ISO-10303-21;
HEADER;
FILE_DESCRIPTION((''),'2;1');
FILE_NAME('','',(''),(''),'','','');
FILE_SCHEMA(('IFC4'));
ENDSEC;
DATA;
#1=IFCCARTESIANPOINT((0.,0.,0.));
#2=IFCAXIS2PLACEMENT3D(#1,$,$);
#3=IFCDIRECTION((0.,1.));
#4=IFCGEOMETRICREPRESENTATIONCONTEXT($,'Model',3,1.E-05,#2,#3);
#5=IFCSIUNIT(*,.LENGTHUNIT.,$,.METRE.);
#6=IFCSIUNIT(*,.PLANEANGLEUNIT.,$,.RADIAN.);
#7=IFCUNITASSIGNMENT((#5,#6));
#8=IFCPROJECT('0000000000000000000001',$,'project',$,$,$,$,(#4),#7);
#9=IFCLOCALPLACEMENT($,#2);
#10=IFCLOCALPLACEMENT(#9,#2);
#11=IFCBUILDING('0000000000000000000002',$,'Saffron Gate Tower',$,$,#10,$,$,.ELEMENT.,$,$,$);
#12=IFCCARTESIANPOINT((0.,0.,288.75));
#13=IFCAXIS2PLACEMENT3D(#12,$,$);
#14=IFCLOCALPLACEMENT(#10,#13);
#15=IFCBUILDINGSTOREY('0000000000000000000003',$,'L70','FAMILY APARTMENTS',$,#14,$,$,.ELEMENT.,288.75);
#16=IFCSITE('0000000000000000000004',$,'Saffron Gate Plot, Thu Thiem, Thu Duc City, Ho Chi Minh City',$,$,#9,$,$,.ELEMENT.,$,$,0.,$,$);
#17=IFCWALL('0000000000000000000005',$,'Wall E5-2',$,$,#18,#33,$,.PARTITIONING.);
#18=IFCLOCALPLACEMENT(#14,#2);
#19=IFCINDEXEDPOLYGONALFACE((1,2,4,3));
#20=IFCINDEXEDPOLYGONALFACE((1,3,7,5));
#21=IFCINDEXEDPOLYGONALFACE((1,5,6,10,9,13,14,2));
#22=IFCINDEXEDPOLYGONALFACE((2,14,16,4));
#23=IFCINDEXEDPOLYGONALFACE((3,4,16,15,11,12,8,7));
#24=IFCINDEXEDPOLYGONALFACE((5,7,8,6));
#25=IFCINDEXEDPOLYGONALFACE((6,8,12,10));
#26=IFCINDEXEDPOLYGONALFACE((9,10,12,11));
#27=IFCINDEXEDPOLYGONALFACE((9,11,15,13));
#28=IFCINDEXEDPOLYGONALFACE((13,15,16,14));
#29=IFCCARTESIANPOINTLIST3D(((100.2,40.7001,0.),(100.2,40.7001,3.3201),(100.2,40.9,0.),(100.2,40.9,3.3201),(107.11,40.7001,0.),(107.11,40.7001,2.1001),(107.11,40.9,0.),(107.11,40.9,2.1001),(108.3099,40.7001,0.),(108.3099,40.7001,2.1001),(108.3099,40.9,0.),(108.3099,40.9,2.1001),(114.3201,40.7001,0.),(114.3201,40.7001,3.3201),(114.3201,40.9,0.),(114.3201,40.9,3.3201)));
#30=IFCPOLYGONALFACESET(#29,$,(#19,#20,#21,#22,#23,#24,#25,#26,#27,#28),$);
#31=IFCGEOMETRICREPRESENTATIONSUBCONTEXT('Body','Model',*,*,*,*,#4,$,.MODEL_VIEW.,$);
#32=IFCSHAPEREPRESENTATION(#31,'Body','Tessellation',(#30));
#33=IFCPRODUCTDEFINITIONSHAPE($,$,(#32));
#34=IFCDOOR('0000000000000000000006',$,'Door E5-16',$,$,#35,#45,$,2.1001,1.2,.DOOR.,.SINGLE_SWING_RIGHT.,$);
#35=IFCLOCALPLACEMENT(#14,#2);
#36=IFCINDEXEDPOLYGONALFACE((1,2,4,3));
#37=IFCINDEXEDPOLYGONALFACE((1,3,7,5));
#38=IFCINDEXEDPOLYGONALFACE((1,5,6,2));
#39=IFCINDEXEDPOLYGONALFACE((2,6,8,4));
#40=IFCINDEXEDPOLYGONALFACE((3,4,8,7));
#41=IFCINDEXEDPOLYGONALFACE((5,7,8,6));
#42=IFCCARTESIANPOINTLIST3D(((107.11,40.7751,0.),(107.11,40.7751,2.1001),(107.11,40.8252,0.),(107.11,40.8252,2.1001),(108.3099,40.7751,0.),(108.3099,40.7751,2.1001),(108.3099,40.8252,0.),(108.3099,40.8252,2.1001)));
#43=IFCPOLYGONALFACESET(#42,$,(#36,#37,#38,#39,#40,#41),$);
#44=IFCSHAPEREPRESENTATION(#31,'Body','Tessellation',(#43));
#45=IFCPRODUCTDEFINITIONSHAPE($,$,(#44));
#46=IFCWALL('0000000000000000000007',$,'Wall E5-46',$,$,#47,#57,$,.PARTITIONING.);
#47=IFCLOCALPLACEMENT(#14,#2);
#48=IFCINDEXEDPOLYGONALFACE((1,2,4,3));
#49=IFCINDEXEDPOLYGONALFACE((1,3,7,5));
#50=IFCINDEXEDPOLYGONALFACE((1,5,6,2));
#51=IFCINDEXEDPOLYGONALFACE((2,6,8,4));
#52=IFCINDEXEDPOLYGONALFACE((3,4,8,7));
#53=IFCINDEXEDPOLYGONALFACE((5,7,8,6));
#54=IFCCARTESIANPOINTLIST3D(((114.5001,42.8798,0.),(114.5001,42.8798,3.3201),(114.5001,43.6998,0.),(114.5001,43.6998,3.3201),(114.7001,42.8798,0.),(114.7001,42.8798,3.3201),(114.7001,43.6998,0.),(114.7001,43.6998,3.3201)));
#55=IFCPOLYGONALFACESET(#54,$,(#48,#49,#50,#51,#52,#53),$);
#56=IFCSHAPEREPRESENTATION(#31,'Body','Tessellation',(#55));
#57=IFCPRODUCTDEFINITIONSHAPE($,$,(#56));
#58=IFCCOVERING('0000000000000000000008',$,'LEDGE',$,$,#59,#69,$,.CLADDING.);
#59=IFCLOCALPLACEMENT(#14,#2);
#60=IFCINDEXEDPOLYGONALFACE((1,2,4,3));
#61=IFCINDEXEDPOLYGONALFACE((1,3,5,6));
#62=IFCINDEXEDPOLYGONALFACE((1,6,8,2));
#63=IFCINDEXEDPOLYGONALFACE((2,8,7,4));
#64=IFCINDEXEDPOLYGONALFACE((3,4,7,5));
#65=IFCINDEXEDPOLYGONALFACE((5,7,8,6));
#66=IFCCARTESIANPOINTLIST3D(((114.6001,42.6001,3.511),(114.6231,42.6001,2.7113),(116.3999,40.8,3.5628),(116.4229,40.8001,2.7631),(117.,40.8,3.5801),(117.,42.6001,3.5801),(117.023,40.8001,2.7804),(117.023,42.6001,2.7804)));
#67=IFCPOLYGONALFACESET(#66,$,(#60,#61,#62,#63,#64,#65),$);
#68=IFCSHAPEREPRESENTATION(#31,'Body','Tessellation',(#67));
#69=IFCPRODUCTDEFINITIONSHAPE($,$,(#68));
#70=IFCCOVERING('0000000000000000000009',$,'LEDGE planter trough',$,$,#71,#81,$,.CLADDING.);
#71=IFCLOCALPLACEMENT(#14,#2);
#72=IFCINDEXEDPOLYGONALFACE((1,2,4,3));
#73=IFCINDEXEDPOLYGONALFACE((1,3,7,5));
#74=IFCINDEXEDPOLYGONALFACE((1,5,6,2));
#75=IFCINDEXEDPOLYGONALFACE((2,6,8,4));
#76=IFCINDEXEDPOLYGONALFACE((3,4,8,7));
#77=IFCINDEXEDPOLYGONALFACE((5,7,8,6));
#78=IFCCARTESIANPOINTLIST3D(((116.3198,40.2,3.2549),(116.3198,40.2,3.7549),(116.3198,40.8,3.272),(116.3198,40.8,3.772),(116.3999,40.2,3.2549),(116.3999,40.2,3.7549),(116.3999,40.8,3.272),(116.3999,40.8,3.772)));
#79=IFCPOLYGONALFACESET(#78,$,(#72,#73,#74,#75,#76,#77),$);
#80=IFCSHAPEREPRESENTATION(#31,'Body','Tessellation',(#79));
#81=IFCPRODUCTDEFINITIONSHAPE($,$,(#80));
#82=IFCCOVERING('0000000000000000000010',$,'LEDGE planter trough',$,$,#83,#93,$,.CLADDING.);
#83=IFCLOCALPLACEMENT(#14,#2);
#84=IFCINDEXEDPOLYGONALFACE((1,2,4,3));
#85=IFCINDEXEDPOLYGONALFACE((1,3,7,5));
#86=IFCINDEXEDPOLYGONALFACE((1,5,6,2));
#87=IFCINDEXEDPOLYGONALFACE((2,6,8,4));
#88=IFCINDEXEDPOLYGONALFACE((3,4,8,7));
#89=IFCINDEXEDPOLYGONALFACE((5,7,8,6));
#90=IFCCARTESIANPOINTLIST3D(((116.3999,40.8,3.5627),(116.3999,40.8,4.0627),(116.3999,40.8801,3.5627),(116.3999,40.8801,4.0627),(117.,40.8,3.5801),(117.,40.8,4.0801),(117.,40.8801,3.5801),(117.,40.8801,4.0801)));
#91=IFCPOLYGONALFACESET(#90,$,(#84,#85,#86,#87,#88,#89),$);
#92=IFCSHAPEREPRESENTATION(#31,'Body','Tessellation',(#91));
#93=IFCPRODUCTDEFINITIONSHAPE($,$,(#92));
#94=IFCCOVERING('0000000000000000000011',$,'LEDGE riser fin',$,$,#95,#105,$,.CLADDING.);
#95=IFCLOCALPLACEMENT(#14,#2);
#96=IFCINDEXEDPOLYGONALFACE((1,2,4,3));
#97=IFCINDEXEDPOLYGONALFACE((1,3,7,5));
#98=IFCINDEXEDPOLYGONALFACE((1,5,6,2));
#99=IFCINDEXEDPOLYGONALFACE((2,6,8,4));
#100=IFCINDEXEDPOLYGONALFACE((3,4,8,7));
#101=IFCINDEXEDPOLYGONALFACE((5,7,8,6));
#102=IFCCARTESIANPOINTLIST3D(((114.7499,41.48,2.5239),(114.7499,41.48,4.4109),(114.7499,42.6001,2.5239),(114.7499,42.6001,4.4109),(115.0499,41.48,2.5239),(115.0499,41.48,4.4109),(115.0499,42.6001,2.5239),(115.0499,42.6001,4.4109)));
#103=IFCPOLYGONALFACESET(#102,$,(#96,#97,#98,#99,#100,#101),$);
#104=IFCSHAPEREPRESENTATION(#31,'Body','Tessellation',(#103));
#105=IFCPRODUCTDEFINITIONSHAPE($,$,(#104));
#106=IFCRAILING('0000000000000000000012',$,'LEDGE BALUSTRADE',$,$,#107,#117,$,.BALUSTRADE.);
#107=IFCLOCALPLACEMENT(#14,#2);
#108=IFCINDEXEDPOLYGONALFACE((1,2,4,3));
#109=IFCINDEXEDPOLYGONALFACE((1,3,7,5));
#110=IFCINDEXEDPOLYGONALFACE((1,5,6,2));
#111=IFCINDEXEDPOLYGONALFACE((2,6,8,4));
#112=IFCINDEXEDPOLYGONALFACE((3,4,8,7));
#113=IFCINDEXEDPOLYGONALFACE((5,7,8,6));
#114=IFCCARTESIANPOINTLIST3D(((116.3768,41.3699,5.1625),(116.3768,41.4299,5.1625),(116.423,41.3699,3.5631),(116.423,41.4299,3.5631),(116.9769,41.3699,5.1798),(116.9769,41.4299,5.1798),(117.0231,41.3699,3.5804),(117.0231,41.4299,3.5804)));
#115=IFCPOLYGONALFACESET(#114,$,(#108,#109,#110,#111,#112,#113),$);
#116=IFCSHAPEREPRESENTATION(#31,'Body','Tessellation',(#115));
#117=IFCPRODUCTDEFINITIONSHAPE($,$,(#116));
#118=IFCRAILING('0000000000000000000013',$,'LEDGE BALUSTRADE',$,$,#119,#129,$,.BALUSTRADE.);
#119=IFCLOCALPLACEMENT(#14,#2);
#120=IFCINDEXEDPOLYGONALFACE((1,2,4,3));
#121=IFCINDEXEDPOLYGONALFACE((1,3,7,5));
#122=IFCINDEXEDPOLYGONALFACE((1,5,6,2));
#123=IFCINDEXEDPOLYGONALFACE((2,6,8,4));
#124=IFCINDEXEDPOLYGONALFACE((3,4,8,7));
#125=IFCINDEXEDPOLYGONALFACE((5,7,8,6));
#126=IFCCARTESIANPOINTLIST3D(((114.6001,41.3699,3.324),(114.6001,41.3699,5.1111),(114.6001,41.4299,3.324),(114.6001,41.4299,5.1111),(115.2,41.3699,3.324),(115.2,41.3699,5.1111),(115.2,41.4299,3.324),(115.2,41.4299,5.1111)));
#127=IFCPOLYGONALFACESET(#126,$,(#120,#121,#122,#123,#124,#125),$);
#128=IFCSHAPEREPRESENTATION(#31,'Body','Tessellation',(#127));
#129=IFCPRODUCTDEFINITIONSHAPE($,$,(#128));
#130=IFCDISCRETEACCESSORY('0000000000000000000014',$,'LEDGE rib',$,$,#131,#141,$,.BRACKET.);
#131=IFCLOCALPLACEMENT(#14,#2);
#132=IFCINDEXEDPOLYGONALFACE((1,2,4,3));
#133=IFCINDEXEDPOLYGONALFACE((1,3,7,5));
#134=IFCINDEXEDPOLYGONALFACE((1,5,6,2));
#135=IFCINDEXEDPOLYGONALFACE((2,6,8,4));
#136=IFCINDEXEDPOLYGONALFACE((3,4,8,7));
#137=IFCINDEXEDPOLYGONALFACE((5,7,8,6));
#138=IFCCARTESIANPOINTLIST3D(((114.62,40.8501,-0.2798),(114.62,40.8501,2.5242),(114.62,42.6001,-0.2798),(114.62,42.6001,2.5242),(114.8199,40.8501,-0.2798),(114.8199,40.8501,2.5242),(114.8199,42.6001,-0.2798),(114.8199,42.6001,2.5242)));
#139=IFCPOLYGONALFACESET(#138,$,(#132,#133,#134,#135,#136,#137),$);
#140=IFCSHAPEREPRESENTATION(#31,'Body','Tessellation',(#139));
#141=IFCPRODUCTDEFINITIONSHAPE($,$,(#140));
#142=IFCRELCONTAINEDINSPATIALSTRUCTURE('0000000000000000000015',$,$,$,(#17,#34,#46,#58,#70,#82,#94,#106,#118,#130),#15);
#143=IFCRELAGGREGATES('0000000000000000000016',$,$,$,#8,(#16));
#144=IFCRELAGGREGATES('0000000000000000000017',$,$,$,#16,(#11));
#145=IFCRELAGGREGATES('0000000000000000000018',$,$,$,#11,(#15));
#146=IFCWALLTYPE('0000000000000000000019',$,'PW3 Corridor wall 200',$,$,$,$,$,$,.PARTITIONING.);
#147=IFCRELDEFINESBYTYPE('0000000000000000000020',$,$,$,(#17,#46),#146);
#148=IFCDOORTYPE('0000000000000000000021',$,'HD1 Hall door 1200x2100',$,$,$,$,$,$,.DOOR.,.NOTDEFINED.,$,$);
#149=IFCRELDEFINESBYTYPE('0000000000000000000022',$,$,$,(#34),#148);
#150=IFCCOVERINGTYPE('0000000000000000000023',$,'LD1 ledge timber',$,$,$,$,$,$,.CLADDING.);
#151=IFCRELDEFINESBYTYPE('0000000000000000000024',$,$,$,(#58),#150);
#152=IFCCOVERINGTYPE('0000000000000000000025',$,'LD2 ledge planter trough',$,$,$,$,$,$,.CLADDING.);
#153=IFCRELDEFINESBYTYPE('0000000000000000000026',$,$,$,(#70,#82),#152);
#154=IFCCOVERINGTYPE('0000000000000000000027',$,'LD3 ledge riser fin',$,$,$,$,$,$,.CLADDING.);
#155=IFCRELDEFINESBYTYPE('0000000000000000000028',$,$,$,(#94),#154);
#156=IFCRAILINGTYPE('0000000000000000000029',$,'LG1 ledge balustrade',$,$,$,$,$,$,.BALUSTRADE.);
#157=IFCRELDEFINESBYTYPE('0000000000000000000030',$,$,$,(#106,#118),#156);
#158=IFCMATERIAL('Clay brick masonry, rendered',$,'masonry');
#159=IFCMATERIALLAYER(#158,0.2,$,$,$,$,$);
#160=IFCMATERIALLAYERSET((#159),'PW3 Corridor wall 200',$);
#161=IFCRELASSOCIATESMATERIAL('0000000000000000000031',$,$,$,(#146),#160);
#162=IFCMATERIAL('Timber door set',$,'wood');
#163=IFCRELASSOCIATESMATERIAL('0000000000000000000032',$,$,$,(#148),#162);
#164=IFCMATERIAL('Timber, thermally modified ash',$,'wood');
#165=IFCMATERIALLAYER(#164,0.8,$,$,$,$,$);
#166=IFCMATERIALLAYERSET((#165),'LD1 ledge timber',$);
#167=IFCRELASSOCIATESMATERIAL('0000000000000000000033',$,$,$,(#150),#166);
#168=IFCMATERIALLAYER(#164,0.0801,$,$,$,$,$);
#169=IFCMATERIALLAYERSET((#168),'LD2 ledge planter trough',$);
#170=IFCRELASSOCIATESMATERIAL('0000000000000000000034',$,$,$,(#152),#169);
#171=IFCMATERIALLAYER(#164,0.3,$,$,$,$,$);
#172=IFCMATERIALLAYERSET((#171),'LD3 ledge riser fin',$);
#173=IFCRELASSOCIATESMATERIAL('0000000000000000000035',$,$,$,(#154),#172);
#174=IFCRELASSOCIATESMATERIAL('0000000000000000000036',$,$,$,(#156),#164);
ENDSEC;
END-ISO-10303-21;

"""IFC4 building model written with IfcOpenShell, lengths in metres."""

from ifc_helpers import new_model, si_unit, direction, frame, frame_2d, origin, origin_2d, place, context, subcontext, project, spatial, polyline, rectangle, outline, extrude, material, layer, layer_set, type_object, element, fill, save


model = new_model("IFC4")

# Units and contexts
model_context = context("Model", 3, precision=1e-05, world=origin(), true_north=direction((0.0, 1.0)))
body_context = subcontext(model_context, "Body", "Model", "MODEL_VIEW")
ifc_project = project(units=[si_unit("LENGTHUNIT", "METRE"), si_unit("PLANEANGLEUNIT", "RADIAN")], contexts=[model_context])

# Site, building, storey
site_placement = place(None, origin())
site = spatial("IfcSite", under=ifc_project, at=site_placement, Name="Saffron Gate Plot, Thu Thiem, Thu Duc City, Ho Chi Minh City", CompositionType="ELEMENT", RefElevation=0.0)
building_placement = place(site_placement, origin())
building = spatial("IfcBuilding", under=site, at=building_placement, Name="Saffron Gate Tower", CompositionType="ELEMENT")
storey_placement = place(building_placement, frame((0.0, 0.0, 288.75)))
storey = spatial("IfcBuildingStorey", under=building, at=storey_placement, Name="L70", Description="FAMILY APARTMENTS", CompositionType="ELEMENT", Elevation=288.75)

# Wall, opening, door
ifc_material_1 = material(Name="Clay brick masonry, rendered", Category="masonry")
ifc_layer_1 = layer(ifc_material_1, 0.2)
ifc_layer_set_1 = layer_set([ifc_layer_1], Name="PW3 Corridor wall 200")
wall_type_1 = type_object("IfcWallType", Name="PW3 Corridor wall 200", PredefinedType="PARTITIONING", material=ifc_layer_set_1)
wall_1_placement = place(storey_placement, frame((114.3201, 40.8, 0.0), z_axis=(0.0, 0.0, 1.0), x_axis=(-1.0, 0.0, 0.0)))
wall_1 = element("IfcWall", 1, at=wall_1_placement, inside=storey, type_object=wall_type_1, Name="Wall E5-2", PredefinedType="PARTITIONING", context=body_context, shape_type="SweptSolid", body=[
    extrude(rectangle(XDim=14.1201, YDim=0.2, at=frame_2d((7.0601, 0.0))), origin(), (0.0, 0.0, 1.0), 3.3201),
])
opening_1_placement = place(wall_1_placement, frame((6.01, 0.0, 0.0)))
opening_1 = element("IfcOpeningElement", 2, at=opening_1_placement, cuts=wall_1, PredefinedType="OPENING", context=body_context, shape_type="SweptSolid", body=[
    extrude(rectangle(XDim=1.2, YDim=2.1001, at=frame_2d((0.6001, 1.05))), frame((0.0, 0.1099, 0.0), z_axis=(0.0, -1.0, 0.0), x_axis=(1.0, 0.0, 0.0)), (0.0, 0.0, 1.0), 0.22),
])
ifc_material_2 = material(Name="Timber door set", Category="wood")
door_type = type_object("IfcDoorType", Name="HD1 Hall door 1200x2100", OperationType="NOTDEFINED", PredefinedType="DOOR", material=ifc_material_2)
door_placement = place(opening_1_placement, origin())
door = element("IfcDoor", 3, at=door_placement, inside=storey, type_object=door_type, Name="Door E5-16", OperationType="SINGLE_SWING_RIGHT", OverallHeight=2.1001, OverallWidth=1.2, PredefinedType="DOOR", context=body_context, shape_type="SweptSolid", body=[
    extrude(rectangle(XDim=1.2, YDim=2.1001, at=frame_2d((0.6001, 1.05))), frame((0.0, 0.0249, 0.0), z_axis=(0.0, -1.0, 0.0), x_axis=(1.0, 0.0, 0.0)), (0.0, 0.0, 1.0), 0.05),
])
fill(opening_1, door)

# Wall
wall_2_placement = place(storey_placement, frame((114.6001, 43.7, 0.0), z_axis=(0.0, 0.0, 1.0), x_axis=(0.0, -1.0, 0.0)))
element("IfcWall", 4, at=wall_2_placement, inside=storey, type_object=wall_type_1, Name="Wall E5-46", PredefinedType="PARTITIONING", context=body_context, shape_type="SweptSolid", body=[
    extrude(rectangle(XDim=0.8201, YDim=0.2, at=frame_2d((0.4102, 0.0))), origin(), (0.0, 0.0, 1.0), 3.3201),
])

# Coverings
ifc_material_3 = material(Name="Timber, thermally modified ash", Category="wood")
ifc_layer_2 = layer(ifc_material_3, 0.8)
ifc_layer_set_2 = layer_set([ifc_layer_2], Name="LD1 ledge timber")
covering_type_1 = type_object("IfcCoveringType", Name="LD1 ledge timber", PredefinedType="CLADDING", material=ifc_layer_set_2)
covering_1_placement = place(storey_placement, frame((114.6001, 42.6001, 3.511), z_axis=(-0.028797, -0.000026, 0.999585), x_axis=(0.999585, 0.0, 0.028797)))
element("IfcCovering", 5, at=covering_1_placement, inside=storey, type_object=covering_type_1, Name="LEDGE", PredefinedType="CLADDING", context=body_context, shape_type="SweptSolid", body=[
    extrude(outline(polyline([(0.0, 0.0), (2.4009, 0.0), (2.4009, -1.8), (1.8005, -1.8), (0.0, 0.0)])), origin(), (0.0, 0.0, -1.0), 0.8),
])
ifc_layer_3 = layer(ifc_material_3, 0.0801)
ifc_layer_set_3 = layer_set([ifc_layer_3], Name="LD2 ledge planter trough")
covering_type_2 = type_object("IfcCoveringType", Name="LD2 ledge planter trough", PredefinedType="CLADDING", material=ifc_layer_set_3)
covering_2_placement = place(storey_placement, frame((116.3999, 40.2, 3.2549), z_axis=(1.0, 0.0, 0.0), x_axis=(0.0, 0.999595, 0.028467)))
element("IfcCovering", 6, at=covering_2_placement, inside=storey, type_object=covering_type_2, Name="LEDGE planter trough", PredefinedType="CLADDING", context=body_context, shape_type="SweptSolid", body=[
    extrude(outline(polyline([(0.0, 0.0), (0.6003, 0.0), (0.6146, 0.4998), (0.0142, 0.4998), (0.0, 0.0)])), origin(), (0.0, 0.0, -1.0), 0.0801),
])
covering_3_placement = place(storey_placement, frame((116.3999, 40.8, 3.5627), z_axis=(0.0, -1.0, 0.0), x_axis=(0.999583, 0.0, 0.028873)))
element("IfcCovering", 7, at=covering_3_placement, inside=storey, type_object=covering_type_2, Name="LEDGE planter trough", PredefinedType="CLADDING", context=body_context, shape_type="SweptSolid", body=[
    extrude(outline(polyline([(0.0, 0.0), (0.6003, 0.0), (0.6148, 0.4998), (0.0144, 0.4998), (0.0, 0.0)])), origin(), (0.0, 0.0, -1.0), 0.0801),
])
ifc_layer_4 = layer(ifc_material_3, 0.3)
ifc_layer_set_4 = layer_set([ifc_layer_4], Name="LD3 ledge riser fin")
covering_type_3 = type_object("IfcCoveringType", Name="LD3 ledge riser fin", PredefinedType="CLADDING", material=ifc_layer_set_4)
covering_4_placement = place(storey_placement, frame((114.8999, 42.04, 2.5239), z_axis=(0.0, 0.0, 1.0), x_axis=(1.0, 0.0, 0.0)))
element("IfcCovering", 8, at=covering_4_placement, inside=storey, type_object=covering_type_3, Name="LEDGE riser fin", PredefinedType="CLADDING", context=body_context, shape_type="SweptSolid", body=[
    extrude(rectangle(XDim=0.3, YDim=1.1201, at=origin_2d()), origin(), (0.0, 0.0, 1.0), 1.887),
])

# Railings
railing_type = type_object("IfcRailingType", Name="LG1 ledge balustrade", PredefinedType="BALUSTRADE", material=ifc_material_3)
railing_1_placement = place(storey_placement, frame((116.3999, 41.3999, 3.5627)))
element("IfcRailing", 9, at=railing_1_placement, inside=storey, type_object=railing_type, Name="LEDGE BALUSTRADE", PredefinedType="BALUSTRADE", context=body_context, shape_type="SweptSolid", body=[
    extrude(rectangle(XDim=0.0601, YDim=1.6001, at=origin_2d()), frame((0.0, 0.0, 0.8), z_axis=(0.999583, 0.0, 0.028873), x_axis=(0.0, 1.0, 0.0)), (0.0, 0.0, 1.0), 0.6003),
])
railing_2_placement = place(storey_placement, frame((114.6001, 41.3999, 3.324)))
element("IfcRailing", 10, at=railing_2_placement, inside=storey, type_object=railing_type, Name="LEDGE BALUSTRADE", PredefinedType="BALUSTRADE", context=body_context, shape_type="SweptSolid", body=[
    extrude(rectangle(XDim=0.0601, YDim=1.7871, at=origin_2d()), frame((0.0, 0.0, 0.8936), z_axis=(1.0, 0.0, 0.0), x_axis=(0.0, 1.0, 0.0)), (0.0, 0.0, 1.0), 0.5999),
])

# Discrete accessory
discrete_accessory_placement = place(storey_placement, frame((114.72, 41.7251, -0.2798), z_axis=(0.0, 0.0, 1.0), x_axis=(1.0, 0.0, 0.0)))
element("IfcDiscreteAccessory", 11, at=discrete_accessory_placement, inside=storey, Name="LEDGE rib", PredefinedType="BRACKET", context=body_context, shape_type="SweptSolid", body=[
    extrude(rectangle(XDim=0.2, YDim=1.75, at=origin_2d()), origin(), (0.0, 0.0, 1.0), 2.804),
])

save(model, "model.ifc")
